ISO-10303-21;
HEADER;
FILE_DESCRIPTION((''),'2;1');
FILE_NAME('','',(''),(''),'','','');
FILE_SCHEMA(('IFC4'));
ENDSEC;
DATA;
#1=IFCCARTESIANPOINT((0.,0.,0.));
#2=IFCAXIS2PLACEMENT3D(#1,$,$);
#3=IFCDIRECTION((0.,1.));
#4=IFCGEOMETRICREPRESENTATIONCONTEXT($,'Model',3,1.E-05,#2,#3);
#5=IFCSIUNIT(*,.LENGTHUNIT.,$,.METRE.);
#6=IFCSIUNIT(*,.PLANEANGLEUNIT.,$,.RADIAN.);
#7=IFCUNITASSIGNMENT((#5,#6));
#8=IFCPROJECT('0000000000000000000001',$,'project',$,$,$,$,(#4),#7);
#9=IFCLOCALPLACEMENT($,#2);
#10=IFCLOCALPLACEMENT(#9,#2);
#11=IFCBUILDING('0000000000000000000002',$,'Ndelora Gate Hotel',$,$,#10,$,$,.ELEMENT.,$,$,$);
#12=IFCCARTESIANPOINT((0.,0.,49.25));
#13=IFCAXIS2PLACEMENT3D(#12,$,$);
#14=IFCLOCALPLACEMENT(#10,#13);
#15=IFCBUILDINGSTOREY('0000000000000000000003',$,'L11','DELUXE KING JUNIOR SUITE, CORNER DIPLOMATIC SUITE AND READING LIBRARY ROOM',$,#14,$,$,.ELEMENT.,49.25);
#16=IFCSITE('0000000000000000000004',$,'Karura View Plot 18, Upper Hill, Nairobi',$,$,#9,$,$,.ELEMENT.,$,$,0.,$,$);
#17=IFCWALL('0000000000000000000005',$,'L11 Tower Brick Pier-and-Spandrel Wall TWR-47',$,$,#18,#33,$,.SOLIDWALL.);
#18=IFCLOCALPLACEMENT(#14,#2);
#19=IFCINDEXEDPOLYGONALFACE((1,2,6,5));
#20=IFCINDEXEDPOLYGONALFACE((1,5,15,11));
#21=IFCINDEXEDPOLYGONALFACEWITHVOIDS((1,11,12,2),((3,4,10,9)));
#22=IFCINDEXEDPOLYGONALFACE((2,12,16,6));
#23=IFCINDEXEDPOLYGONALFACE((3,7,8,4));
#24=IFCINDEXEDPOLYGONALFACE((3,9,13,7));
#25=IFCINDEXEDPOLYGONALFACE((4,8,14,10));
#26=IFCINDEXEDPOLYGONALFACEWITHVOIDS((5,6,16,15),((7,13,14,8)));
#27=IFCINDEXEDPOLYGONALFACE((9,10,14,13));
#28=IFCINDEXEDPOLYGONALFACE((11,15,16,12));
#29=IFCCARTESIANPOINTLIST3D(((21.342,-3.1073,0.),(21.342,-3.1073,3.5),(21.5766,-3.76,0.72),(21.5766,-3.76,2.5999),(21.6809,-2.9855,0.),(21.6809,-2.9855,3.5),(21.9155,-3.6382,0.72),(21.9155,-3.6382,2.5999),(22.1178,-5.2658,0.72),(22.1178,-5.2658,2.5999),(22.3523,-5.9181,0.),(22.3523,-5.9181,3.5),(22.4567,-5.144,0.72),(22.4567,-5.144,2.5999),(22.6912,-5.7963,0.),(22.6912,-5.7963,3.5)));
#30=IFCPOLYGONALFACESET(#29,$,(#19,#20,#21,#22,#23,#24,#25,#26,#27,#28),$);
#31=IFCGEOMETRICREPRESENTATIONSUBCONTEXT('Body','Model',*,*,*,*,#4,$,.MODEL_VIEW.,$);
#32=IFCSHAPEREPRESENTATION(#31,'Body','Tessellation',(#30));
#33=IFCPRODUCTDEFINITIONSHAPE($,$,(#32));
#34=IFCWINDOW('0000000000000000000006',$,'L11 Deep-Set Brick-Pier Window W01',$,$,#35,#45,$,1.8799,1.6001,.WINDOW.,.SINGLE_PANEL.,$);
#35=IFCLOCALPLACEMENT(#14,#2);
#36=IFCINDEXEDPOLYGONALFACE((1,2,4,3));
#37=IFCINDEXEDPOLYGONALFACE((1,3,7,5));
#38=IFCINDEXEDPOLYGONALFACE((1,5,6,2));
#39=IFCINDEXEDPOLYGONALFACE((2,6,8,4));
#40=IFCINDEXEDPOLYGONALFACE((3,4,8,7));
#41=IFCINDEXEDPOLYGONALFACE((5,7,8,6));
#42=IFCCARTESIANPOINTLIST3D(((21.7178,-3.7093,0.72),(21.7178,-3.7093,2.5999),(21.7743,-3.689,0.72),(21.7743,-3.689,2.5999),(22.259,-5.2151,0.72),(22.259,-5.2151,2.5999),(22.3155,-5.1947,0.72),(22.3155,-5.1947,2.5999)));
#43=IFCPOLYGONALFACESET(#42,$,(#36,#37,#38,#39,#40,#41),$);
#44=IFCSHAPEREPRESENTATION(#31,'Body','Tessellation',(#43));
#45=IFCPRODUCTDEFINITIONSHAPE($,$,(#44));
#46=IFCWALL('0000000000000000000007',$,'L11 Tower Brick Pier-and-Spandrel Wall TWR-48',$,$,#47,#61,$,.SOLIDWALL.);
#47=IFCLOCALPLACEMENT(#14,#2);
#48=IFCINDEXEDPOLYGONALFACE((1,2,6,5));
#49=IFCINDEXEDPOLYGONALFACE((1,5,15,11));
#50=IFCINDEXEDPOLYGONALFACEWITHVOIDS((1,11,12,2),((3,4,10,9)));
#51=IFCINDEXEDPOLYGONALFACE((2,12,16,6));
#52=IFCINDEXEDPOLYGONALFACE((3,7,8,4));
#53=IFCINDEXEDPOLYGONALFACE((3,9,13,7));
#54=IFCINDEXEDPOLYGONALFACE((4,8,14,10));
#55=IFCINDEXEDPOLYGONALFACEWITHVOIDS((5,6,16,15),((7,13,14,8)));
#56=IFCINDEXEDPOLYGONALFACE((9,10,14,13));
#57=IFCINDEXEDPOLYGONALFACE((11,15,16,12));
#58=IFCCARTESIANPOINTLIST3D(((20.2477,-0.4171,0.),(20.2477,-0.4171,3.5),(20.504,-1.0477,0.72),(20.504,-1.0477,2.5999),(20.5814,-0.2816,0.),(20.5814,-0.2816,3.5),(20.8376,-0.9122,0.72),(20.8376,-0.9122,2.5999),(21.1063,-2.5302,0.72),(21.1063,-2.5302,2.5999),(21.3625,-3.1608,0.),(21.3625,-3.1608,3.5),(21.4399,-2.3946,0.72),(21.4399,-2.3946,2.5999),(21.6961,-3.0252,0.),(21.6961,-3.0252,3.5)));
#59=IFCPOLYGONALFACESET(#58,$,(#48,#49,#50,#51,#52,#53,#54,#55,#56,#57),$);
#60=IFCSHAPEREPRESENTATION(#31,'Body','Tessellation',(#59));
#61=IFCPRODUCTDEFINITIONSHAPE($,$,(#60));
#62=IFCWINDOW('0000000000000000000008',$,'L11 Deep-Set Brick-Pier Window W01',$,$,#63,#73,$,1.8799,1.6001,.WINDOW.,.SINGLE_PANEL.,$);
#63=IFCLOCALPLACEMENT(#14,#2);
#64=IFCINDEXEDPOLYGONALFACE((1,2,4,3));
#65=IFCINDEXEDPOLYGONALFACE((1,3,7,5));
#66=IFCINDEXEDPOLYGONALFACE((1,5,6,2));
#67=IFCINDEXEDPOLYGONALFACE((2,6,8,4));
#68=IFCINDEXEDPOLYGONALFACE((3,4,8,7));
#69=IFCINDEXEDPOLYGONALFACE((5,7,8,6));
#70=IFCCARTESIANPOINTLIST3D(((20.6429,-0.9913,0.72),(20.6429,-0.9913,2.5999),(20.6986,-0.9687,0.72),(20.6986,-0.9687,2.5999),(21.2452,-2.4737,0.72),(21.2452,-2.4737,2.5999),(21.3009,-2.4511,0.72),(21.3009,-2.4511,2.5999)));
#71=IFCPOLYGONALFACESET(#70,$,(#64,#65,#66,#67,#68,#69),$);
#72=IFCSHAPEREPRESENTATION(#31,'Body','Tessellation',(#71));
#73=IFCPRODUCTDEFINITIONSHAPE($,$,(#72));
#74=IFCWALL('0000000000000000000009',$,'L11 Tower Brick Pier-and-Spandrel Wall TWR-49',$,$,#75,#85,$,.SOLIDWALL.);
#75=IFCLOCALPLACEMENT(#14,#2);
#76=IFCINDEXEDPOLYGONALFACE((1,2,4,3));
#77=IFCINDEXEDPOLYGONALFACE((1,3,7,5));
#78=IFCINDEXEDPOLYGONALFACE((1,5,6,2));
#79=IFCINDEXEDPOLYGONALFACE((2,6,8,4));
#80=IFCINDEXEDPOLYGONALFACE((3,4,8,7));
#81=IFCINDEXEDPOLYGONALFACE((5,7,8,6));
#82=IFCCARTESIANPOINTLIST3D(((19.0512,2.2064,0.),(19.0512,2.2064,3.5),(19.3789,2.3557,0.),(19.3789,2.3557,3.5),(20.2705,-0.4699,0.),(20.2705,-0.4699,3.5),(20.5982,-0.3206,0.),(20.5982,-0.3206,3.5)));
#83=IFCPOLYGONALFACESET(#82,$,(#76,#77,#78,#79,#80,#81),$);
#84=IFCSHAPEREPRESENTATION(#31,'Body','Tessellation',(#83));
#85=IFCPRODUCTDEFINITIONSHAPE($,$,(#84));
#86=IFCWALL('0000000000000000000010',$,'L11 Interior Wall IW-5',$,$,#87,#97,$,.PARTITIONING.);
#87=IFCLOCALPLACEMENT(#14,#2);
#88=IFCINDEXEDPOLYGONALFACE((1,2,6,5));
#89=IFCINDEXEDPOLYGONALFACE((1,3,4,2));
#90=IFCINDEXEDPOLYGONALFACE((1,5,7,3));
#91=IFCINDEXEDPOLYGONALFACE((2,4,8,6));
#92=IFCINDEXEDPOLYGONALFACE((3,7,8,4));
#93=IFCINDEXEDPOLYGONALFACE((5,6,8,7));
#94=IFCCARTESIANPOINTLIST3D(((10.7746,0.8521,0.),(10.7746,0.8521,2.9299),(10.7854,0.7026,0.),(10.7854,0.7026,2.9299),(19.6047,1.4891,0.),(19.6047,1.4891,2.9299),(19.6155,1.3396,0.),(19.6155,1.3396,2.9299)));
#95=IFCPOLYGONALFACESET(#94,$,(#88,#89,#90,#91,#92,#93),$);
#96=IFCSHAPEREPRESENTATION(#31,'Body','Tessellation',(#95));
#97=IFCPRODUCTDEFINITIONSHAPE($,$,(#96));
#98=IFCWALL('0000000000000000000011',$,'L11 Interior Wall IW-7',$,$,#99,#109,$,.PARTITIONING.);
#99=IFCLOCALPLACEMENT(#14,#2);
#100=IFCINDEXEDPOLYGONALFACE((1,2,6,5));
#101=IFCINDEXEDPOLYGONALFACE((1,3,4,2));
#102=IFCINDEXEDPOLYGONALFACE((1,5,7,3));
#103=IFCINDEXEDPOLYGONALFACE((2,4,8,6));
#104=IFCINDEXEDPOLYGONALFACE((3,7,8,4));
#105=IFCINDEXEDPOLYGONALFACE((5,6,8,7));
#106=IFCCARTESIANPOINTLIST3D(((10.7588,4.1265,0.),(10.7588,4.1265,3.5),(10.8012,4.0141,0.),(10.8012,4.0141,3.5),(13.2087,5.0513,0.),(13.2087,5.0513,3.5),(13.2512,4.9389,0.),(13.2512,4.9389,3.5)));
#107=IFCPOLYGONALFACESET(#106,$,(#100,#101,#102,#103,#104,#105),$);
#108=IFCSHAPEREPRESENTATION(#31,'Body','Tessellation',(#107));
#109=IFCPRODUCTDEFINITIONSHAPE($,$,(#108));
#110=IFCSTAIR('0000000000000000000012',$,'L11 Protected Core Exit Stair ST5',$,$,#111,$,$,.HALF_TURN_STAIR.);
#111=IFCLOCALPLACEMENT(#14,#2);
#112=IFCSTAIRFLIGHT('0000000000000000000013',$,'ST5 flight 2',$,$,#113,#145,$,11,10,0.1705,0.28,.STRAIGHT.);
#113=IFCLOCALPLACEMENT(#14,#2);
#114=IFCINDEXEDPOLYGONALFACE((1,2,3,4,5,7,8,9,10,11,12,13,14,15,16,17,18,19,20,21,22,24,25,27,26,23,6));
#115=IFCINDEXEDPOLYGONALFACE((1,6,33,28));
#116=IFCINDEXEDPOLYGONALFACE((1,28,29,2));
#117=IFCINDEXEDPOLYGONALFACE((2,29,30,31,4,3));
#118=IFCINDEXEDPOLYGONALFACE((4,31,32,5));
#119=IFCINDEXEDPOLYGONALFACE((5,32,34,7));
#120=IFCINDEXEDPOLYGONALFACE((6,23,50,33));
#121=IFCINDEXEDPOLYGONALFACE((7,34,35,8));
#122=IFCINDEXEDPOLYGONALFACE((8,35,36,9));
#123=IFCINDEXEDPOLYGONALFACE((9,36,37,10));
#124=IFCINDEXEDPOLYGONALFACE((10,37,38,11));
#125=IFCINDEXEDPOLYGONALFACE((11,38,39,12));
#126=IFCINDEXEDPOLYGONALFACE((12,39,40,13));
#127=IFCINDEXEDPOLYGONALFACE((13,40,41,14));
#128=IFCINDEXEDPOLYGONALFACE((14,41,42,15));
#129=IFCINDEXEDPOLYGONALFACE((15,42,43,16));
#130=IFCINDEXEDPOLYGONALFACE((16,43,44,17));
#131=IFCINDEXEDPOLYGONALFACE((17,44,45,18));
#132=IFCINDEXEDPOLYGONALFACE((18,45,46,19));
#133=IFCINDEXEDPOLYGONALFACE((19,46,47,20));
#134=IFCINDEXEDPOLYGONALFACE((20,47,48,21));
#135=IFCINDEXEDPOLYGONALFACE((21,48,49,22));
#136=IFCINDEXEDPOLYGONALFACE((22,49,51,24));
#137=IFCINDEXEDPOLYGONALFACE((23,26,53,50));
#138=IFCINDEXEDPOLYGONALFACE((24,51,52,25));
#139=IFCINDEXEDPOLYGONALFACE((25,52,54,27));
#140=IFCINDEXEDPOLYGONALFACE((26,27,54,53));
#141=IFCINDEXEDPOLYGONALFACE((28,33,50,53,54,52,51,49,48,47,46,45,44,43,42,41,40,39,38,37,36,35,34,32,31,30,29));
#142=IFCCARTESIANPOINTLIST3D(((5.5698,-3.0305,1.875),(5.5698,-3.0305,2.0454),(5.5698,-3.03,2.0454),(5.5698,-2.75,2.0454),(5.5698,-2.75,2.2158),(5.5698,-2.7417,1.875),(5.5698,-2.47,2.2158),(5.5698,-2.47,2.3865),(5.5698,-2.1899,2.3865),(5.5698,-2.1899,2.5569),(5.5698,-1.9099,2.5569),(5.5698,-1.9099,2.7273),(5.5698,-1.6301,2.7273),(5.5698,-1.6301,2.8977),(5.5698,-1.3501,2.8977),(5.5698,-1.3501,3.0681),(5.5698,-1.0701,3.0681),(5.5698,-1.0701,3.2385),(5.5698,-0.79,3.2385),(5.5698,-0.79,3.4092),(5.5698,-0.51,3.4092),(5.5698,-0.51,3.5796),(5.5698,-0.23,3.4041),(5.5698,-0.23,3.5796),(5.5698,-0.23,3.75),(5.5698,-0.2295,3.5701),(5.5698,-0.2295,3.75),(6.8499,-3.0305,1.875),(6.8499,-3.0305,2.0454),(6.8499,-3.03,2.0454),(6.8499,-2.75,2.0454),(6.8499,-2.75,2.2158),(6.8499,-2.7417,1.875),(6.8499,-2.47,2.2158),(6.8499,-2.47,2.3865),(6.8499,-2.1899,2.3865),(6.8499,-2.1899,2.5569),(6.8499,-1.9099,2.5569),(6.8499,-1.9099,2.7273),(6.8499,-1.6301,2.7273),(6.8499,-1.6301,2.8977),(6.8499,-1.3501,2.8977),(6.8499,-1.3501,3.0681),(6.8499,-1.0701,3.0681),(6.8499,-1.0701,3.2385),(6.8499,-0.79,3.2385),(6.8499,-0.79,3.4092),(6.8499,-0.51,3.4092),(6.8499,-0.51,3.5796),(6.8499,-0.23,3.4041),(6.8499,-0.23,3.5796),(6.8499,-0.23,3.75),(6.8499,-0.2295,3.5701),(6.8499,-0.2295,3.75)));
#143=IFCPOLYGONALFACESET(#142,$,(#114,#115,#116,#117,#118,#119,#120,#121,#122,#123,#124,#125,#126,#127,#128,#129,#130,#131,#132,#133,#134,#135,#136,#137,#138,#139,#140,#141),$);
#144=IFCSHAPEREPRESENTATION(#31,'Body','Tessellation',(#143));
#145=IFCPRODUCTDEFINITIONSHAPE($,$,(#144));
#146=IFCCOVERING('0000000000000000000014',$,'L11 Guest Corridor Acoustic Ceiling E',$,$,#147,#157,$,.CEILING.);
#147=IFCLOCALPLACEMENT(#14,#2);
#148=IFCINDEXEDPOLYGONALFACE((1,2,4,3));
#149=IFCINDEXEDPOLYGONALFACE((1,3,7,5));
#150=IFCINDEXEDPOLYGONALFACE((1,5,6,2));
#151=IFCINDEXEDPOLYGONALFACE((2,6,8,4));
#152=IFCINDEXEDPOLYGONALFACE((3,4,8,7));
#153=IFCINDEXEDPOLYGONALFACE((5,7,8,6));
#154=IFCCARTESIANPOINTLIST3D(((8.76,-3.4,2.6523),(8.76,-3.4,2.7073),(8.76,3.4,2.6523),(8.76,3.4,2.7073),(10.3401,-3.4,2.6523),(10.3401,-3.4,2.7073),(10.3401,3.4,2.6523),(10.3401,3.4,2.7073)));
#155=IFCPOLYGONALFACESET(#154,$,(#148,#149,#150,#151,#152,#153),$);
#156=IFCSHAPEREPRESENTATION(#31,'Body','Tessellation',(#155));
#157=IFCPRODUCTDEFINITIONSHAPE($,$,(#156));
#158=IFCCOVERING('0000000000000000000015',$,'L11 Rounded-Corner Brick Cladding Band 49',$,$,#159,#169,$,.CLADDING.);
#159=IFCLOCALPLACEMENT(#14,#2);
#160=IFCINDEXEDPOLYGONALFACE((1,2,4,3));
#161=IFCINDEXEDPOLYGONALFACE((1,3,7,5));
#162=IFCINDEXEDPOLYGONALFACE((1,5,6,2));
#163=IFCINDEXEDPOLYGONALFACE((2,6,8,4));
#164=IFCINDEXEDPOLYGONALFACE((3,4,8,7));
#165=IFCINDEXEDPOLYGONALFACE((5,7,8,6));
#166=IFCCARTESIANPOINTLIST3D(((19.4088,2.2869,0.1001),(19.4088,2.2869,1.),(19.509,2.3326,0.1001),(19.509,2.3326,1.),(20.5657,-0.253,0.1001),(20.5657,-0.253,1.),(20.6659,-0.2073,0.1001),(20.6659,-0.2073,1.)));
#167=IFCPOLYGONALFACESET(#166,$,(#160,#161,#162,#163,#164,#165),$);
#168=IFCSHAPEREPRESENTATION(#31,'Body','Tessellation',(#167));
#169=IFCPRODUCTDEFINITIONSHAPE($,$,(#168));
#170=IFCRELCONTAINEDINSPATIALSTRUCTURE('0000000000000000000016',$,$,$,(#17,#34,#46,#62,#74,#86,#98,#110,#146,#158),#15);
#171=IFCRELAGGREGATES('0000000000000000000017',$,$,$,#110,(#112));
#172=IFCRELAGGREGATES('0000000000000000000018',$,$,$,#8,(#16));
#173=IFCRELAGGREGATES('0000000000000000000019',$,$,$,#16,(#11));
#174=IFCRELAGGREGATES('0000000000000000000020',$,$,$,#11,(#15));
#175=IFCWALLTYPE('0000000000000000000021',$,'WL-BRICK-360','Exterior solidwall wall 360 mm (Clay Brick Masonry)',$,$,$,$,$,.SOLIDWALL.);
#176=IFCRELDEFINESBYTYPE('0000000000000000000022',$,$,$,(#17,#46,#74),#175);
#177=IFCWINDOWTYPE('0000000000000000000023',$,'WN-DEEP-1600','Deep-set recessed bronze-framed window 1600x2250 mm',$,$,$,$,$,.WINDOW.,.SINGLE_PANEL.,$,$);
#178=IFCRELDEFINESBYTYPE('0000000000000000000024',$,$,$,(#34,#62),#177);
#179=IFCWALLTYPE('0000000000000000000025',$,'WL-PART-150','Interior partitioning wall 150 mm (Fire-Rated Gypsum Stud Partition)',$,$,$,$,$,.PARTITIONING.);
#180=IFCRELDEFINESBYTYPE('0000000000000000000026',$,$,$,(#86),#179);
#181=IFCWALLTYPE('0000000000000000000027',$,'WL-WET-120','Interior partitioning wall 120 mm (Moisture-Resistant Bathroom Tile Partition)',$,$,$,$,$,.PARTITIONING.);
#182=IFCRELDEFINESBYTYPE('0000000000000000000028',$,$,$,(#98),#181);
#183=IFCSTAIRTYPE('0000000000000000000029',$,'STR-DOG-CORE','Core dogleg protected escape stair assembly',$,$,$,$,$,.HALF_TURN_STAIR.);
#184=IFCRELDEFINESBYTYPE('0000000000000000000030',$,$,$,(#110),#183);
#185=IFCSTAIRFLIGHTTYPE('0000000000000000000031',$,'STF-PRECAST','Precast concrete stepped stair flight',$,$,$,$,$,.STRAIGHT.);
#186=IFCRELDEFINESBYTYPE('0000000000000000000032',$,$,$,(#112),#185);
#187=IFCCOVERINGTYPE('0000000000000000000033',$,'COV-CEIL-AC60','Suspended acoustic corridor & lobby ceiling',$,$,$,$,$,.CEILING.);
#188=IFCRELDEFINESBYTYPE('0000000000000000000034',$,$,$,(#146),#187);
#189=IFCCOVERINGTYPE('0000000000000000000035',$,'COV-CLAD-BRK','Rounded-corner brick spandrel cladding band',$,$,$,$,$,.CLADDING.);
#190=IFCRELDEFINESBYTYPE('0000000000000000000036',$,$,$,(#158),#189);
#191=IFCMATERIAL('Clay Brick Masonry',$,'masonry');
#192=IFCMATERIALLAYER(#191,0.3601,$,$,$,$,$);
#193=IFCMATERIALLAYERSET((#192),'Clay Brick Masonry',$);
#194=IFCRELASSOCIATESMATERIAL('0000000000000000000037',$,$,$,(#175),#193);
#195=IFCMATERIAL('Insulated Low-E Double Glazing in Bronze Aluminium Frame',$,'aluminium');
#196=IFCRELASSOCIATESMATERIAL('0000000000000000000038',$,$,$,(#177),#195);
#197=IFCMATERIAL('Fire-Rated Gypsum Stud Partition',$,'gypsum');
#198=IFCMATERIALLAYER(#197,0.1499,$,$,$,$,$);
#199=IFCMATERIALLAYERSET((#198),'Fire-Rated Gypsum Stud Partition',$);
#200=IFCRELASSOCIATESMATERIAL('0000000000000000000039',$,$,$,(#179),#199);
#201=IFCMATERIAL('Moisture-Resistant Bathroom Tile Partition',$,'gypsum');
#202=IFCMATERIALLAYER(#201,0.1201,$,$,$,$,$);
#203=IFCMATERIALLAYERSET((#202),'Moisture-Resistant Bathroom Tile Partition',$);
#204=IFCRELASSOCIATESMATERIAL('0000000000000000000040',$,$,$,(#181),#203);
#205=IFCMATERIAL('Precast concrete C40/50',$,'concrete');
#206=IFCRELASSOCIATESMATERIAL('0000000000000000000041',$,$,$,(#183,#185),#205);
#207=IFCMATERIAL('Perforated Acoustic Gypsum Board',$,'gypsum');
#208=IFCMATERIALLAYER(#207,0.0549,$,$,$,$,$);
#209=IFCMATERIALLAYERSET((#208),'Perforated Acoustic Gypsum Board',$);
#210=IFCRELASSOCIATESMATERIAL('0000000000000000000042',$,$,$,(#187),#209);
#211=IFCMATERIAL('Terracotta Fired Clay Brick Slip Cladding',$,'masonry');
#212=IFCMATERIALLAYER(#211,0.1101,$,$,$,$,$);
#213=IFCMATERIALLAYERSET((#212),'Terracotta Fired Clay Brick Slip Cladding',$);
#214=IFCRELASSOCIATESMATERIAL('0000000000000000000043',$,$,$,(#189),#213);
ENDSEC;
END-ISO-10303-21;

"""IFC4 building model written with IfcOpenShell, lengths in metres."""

from ifc_helpers import new_model, si_unit, direction, frame, frame_2d, origin, origin_2d, place, context, subcontext, project, spatial, polyline, rectangle, outline, extrude, material, layer, layer_set, type_object, element, fill, aggregate, save


model = new_model("IFC4")

# Units and contexts
model_context = context("Model", 3, precision=1e-05, world=origin(), true_north=direction((0.0, 1.0)))
body_context = subcontext(model_context, "Body", "Model", "MODEL_VIEW")
ifc_project = project(units=[si_unit("LENGTHUNIT", "METRE"), si_unit("PLANEANGLEUNIT", "RADIAN")], contexts=[model_context])

# Site, building, storey
site_placement = place(None, origin())
site = spatial("IfcSite", under=ifc_project, at=site_placement, Name="Karura View Plot 18, Upper Hill, Nairobi", CompositionType="ELEMENT", RefElevation=0.0)
building_placement = place(site_placement, origin())
building = spatial("IfcBuilding", under=site, at=building_placement, Name="Ndelora Gate Hotel", CompositionType="ELEMENT")
storey_placement = place(building_placement, frame((0.0, 0.0, 49.25)))
storey = spatial("IfcBuildingStorey", under=building, at=storey_placement, Name="L11", Description="DELUXE KING JUNIOR SUITE, CORNER DIPLOMATIC SUITE AND READING LIBRARY ROOM", CompositionType="ELEMENT", Elevation=49.25)

# Walls, openings, windows
ifc_material_1 = material(Name="Clay Brick Masonry", Category="masonry")
ifc_layer_1 = layer(ifc_material_1, 0.3601)
ifc_layer_set_1 = layer_set([ifc_layer_1], Name="Clay Brick Masonry")
wall_type_1 = type_object("IfcWallType", Name="WL-BRICK-360", Description="Exterior solidwall wall 360 mm (Clay Brick Masonry)", PredefinedType="SOLIDWALL", material=ifc_layer_set_1)
wall_1_placement = place(storey_placement, frame((21.5115, -3.0464, 0.0), z_axis=(0.0, 0.0, 1.0), x_axis=(0.338236, -0.941061, 0.0)))
wall_1 = element("IfcWall", 1, at=wall_1_placement, inside=storey, type_object=wall_type_1, Name="L11 Tower Brick Pier-and-Spandrel Wall TWR-47", PredefinedType="SOLIDWALL", context=body_context, shape_type="SweptSolid", body=[
    extrude(rectangle(XDim=2.9868, YDim=0.3601, at=frame_2d((1.4934, 0.0))), origin(), (0.0, 0.0, 1.0), 3.5),
])
opening_1_placement = place(wall_1_placement, frame((0.6936, 0.0, 0.72)))
opening_1 = element("IfcOpeningElement", 2, at=opening_1_placement, cuts=wall_1, PredefinedType="OPENING", context=body_context, shape_type="SweptSolid", body=[
    extrude(rectangle(XDim=1.6001, YDim=1.8799, at=frame_2d((0.8, 0.9399))), frame((0.0, 0.1899, 0.0), z_axis=(0.0, -1.0, 0.0), x_axis=(1.0, 0.0, 0.0)), (0.0, 0.0, 1.0), 0.3801),
])
ifc_material_2 = material(Name="Insulated Low-E Double Glazing in Bronze Aluminium Frame", Category="aluminium")
window_type = type_object("IfcWindowType", Name="WN-DEEP-1600", Description="Deep-set recessed bronze-framed window 1600x2250 mm", PartitioningType="SINGLE_PANEL", PredefinedType="WINDOW", material=ifc_material_2)
window_1_placement = place(opening_1_placement, origin())
window_1 = element("IfcWindow", 3, at=window_1_placement, inside=storey, type_object=window_type, Name="L11 Deep-Set Brick-Pier Window W01", OverallHeight=1.8799, OverallWidth=1.6001, PartitioningType="SINGLE_PANEL", PredefinedType="WINDOW", context=body_context, shape_type="SweptSolid", body=[
    extrude(rectangle(XDim=1.6001, YDim=1.8799, at=frame_2d((0.8, 0.9399))), frame((0.0, 0.03, 0.0), z_axis=(0.0, -1.0, 0.0), x_axis=(1.0, 0.0, 0.0)), (0.0, 0.0, 1.0), 0.0601),
])
fill(opening_1, window_1)
wall_2_placement = place(storey_placement, frame((20.4146, -0.3494, 0.0), z_axis=(0.0, 0.0, 1.0), x_axis=(0.376417, -0.92645, 0.0)))
wall_2 = element("IfcWall", 4, at=wall_2_placement, inside=storey, type_object=wall_type_1, Name="L11 Tower Brick Pier-and-Spandrel Wall TWR-48", PredefinedType="SOLIDWALL", context=body_context, shape_type="SweptSolid", body=[
    extrude(rectangle(XDim=2.9614, YDim=0.3601, at=frame_2d((1.4807, 0.0))), origin(), (0.0, 0.0, 1.0), 3.5),
])
opening_2_placement = place(wall_2_placement, frame((0.6807, 0.0, 0.72)))
opening_2 = element("IfcOpeningElement", 5, at=opening_2_placement, cuts=wall_2, PredefinedType="OPENING", context=body_context, shape_type="SweptSolid", body=[
    extrude(rectangle(XDim=1.6001, YDim=1.8799, at=frame_2d((0.8, 0.9399))), frame((0.0, 0.1899, 0.0), z_axis=(0.0, -1.0, 0.0), x_axis=(1.0, 0.0, 0.0)), (0.0, 0.0, 1.0), 0.3801),
])
window_2_placement = place(opening_2_placement, origin())
window_2 = element("IfcWindow", 6, at=window_2_placement, inside=storey, type_object=window_type, Name="L11 Deep-Set Brick-Pier Window W01", OverallHeight=1.8799, OverallWidth=1.6001, PartitioningType="SINGLE_PANEL", PredefinedType="WINDOW", context=body_context, shape_type="SweptSolid", body=[
    extrude(rectangle(XDim=1.6001, YDim=1.8799, at=frame_2d((0.8, 0.9399))), frame((0.0, 0.03, 0.0), z_axis=(0.0, -1.0, 0.0), x_axis=(1.0, 0.0, 0.0)), (0.0, 0.0, 1.0), 0.0601),
])
fill(opening_2, window_2)

# Wall
wall_3_placement = place(storey_placement, frame((19.2151, 2.281, 0.0), z_axis=(0.0, 0.0, 1.0), x_axis=(0.414578, -0.910014, 0.0)))
element("IfcWall", 7, at=wall_3_placement, inside=storey, type_object=wall_type_1, Name="L11 Tower Brick Pier-and-Spandrel Wall TWR-49", PredefinedType="SOLIDWALL", context=body_context, shape_type="SweptSolid", body=[
    extrude(rectangle(XDim=2.9409, YDim=0.3601, at=frame_2d((1.4705, 0.0))), origin(), (0.0, 0.0, 1.0), 3.5),
])

# Walls
ifc_material_3 = material(Name="Fire-Rated Gypsum Stud Partition", Category="gypsum")
ifc_layer_2 = layer(ifc_material_3, 0.1499)
ifc_layer_set_2 = layer_set([ifc_layer_2], Name="Fire-Rated Gypsum Stud Partition")
wall_type_2 = type_object("IfcWallType", Name="WL-PART-150", Description="Interior partitioning wall 150 mm (Fire-Rated Gypsum Stud Partition)", PredefinedType="PARTITIONING", material=ifc_layer_set_2)
wall_4_placement = place(storey_placement, frame((10.78, 0.7773, 0.0), z_axis=(0.0, 0.0, 1.0), x_axis=(0.997408, 0.071949, 0.0)))
element("IfcWall", 8, at=wall_4_placement, inside=storey, type_object=wall_type_2, Name="L11 Interior Wall IW-5", PredefinedType="PARTITIONING", context=body_context, shape_type="SweptSolid", body=[
    extrude(rectangle(XDim=8.853, YDim=0.1499, at=frame_2d((4.4265, 0.0))), origin(), (0.0, 0.0, 1.0), 2.9299),
])
ifc_material_4 = material(Name="Moisture-Resistant Bathroom Tile Partition", Category="gypsum")
ifc_layer_3 = layer(ifc_material_4, 0.1201)
ifc_layer_set_3 = layer_set([ifc_layer_3], Name="Moisture-Resistant Bathroom Tile Partition")
wall_type_3 = type_object("IfcWallType", Name="WL-WET-120", Description="Interior partitioning wall 120 mm (Moisture-Resistant Bathroom Tile Partition)", PredefinedType="PARTITIONING", material=ifc_layer_set_3)
wall_5_placement = place(storey_placement, frame((10.78, 4.0703, 0.0), z_axis=(0.0, 0.0, 1.0), x_axis=(0.935565, 0.353156, 0.0)))
element("IfcWall", 9, at=wall_5_placement, inside=storey, type_object=wall_type_3, Name="L11 Interior Wall IW-7", PredefinedType="PARTITIONING", context=body_context, shape_type="SweptSolid", body=[
    extrude(rectangle(XDim=2.6187, YDim=0.1201, at=frame_2d((1.3093, 0.0))), origin(), (0.0, 0.0, 1.0), 3.5),
])

# Stair, stair flight
ifc_material_5 = material(Name="Precast concrete C40/50", Category="concrete")
stair_type = type_object("IfcStairType", Name="STR-DOG-CORE", Description="Core dogleg protected escape stair assembly", PredefinedType="HALF_TURN_STAIR", material=ifc_material_5)
stair_placement = place(storey_placement, origin())
stair = element("IfcStair", 10, at=stair_placement, inside=storey, type_object=stair_type, Name="L11 Protected Core Exit Stair ST5", PredefinedType="HALF_TURN_STAIR")
stair_flight_type = type_object("IfcStairFlightType", Name="STF-PRECAST", Description="Precast concrete stepped stair flight", PredefinedType="STRAIGHT", material=ifc_material_5)
stair_flight_placement = place(storey_placement, frame((6.21, -3.03, 1.875), z_axis=(0.0, 0.0, 1.0), x_axis=(0.0, 1.0, 0.0)))
stair_flight = element("IfcStairFlight", 11, at=stair_flight_placement, type_object=stair_flight_type, Name="ST5 flight 2", NumberOfRisers=11, NumberOfTreads=10, PredefinedType="STRAIGHT", RiserHeight=0.1705, TreadLength=0.28, context=body_context, shape_type="SweptSolid", body=[
    extrude(outline(polyline([(-0.0005, 0.0), (-0.0005, 0.1704), (0.0, 0.1704), (0.28, 0.1704), (0.28, 0.3408), (0.5601, 0.3408), (0.5601, 0.5115), (0.8401, 0.5115), (0.8401, 0.6819), (1.1201, 0.6819), (1.1201, 0.8523), (1.3999, 0.8523), (1.3999, 1.0227), (1.6799, 1.0227), (1.6799, 1.1931), (1.96, 1.1931), (1.96, 1.3635), (2.24, 1.3635), (2.24, 1.5342), (2.52, 1.5342), (2.52, 1.7046), (2.8, 1.7046), (2.8, 1.875), (2.8005, 1.875), (2.8005, 1.6951), (2.8, 1.5291), (0.2883, 0.0), (-0.0005, 0.0)])), frame((0.0, 0.6401, 0.0), z_axis=(0.0, -1.0, 0.0), x_axis=(1.0, 0.0, 0.0)), (0.0, 0.0, 1.0), 1.28),
])
aggregate(stair, [stair_flight])

# Coverings
ifc_material_6 = material(Name="Perforated Acoustic Gypsum Board", Category="gypsum")
ifc_layer_4 = layer(ifc_material_6, 0.0549)
ifc_layer_set_4 = layer_set([ifc_layer_4], Name="Perforated Acoustic Gypsum Board")
covering_type_1 = type_object("IfcCoveringType", Name="COV-CEIL-AC60", Description="Suspended acoustic corridor & lobby ceiling", PredefinedType="CEILING", material=ifc_layer_set_4)
covering_1_placement = place(storey_placement, frame((9.55, 0.0, 2.6523), z_axis=(0.0, 0.0, 1.0), x_axis=(1.0, 0.0, 0.0)))
element("IfcCovering", 12, at=covering_1_placement, inside=storey, type_object=covering_type_1, Name="L11 Guest Corridor Acoustic Ceiling E", PredefinedType="CEILING", context=body_context, shape_type="SweptSolid", body=[
    extrude(rectangle(XDim=1.5801, YDim=6.8, at=origin_2d()), origin(), (0.0, 0.0, 1.0), 0.0549),
])
ifc_material_7 = material(Name="Terracotta Fired Clay Brick Slip Cladding", Category="masonry")
ifc_layer_5 = layer(ifc_material_7, 0.1101)
ifc_layer_set_5 = layer_set([ifc_layer_5], Name="Terracotta Fired Clay Brick Slip Cladding")
covering_type_2 = type_object("IfcCoveringType", Name="COV-CLAD-BRK", Description="Rounded-corner brick spandrel cladding band", PredefinedType="CLADDING", material=ifc_layer_set_5)
covering_2_placement = place(storey_placement, frame((20.0374, 1.0398, 0.1001), z_axis=(0.0, 0.0, 1.0), x_axis=(-0.414534, 0.910034, 0.0)))
element("IfcCovering", 13, at=covering_2_placement, inside=storey, type_object=covering_type_2, Name="L11 Rounded-Corner Brick Cladding Band 49", PredefinedType="CLADDING", context=body_context, shape_type="SweptSolid", body=[
    extrude(rectangle(XDim=2.791, YDim=0.1101, at=origin_2d()), origin(), (0.0, 0.0, 1.0), 0.8999),
])

save(model, "model.ifc")
